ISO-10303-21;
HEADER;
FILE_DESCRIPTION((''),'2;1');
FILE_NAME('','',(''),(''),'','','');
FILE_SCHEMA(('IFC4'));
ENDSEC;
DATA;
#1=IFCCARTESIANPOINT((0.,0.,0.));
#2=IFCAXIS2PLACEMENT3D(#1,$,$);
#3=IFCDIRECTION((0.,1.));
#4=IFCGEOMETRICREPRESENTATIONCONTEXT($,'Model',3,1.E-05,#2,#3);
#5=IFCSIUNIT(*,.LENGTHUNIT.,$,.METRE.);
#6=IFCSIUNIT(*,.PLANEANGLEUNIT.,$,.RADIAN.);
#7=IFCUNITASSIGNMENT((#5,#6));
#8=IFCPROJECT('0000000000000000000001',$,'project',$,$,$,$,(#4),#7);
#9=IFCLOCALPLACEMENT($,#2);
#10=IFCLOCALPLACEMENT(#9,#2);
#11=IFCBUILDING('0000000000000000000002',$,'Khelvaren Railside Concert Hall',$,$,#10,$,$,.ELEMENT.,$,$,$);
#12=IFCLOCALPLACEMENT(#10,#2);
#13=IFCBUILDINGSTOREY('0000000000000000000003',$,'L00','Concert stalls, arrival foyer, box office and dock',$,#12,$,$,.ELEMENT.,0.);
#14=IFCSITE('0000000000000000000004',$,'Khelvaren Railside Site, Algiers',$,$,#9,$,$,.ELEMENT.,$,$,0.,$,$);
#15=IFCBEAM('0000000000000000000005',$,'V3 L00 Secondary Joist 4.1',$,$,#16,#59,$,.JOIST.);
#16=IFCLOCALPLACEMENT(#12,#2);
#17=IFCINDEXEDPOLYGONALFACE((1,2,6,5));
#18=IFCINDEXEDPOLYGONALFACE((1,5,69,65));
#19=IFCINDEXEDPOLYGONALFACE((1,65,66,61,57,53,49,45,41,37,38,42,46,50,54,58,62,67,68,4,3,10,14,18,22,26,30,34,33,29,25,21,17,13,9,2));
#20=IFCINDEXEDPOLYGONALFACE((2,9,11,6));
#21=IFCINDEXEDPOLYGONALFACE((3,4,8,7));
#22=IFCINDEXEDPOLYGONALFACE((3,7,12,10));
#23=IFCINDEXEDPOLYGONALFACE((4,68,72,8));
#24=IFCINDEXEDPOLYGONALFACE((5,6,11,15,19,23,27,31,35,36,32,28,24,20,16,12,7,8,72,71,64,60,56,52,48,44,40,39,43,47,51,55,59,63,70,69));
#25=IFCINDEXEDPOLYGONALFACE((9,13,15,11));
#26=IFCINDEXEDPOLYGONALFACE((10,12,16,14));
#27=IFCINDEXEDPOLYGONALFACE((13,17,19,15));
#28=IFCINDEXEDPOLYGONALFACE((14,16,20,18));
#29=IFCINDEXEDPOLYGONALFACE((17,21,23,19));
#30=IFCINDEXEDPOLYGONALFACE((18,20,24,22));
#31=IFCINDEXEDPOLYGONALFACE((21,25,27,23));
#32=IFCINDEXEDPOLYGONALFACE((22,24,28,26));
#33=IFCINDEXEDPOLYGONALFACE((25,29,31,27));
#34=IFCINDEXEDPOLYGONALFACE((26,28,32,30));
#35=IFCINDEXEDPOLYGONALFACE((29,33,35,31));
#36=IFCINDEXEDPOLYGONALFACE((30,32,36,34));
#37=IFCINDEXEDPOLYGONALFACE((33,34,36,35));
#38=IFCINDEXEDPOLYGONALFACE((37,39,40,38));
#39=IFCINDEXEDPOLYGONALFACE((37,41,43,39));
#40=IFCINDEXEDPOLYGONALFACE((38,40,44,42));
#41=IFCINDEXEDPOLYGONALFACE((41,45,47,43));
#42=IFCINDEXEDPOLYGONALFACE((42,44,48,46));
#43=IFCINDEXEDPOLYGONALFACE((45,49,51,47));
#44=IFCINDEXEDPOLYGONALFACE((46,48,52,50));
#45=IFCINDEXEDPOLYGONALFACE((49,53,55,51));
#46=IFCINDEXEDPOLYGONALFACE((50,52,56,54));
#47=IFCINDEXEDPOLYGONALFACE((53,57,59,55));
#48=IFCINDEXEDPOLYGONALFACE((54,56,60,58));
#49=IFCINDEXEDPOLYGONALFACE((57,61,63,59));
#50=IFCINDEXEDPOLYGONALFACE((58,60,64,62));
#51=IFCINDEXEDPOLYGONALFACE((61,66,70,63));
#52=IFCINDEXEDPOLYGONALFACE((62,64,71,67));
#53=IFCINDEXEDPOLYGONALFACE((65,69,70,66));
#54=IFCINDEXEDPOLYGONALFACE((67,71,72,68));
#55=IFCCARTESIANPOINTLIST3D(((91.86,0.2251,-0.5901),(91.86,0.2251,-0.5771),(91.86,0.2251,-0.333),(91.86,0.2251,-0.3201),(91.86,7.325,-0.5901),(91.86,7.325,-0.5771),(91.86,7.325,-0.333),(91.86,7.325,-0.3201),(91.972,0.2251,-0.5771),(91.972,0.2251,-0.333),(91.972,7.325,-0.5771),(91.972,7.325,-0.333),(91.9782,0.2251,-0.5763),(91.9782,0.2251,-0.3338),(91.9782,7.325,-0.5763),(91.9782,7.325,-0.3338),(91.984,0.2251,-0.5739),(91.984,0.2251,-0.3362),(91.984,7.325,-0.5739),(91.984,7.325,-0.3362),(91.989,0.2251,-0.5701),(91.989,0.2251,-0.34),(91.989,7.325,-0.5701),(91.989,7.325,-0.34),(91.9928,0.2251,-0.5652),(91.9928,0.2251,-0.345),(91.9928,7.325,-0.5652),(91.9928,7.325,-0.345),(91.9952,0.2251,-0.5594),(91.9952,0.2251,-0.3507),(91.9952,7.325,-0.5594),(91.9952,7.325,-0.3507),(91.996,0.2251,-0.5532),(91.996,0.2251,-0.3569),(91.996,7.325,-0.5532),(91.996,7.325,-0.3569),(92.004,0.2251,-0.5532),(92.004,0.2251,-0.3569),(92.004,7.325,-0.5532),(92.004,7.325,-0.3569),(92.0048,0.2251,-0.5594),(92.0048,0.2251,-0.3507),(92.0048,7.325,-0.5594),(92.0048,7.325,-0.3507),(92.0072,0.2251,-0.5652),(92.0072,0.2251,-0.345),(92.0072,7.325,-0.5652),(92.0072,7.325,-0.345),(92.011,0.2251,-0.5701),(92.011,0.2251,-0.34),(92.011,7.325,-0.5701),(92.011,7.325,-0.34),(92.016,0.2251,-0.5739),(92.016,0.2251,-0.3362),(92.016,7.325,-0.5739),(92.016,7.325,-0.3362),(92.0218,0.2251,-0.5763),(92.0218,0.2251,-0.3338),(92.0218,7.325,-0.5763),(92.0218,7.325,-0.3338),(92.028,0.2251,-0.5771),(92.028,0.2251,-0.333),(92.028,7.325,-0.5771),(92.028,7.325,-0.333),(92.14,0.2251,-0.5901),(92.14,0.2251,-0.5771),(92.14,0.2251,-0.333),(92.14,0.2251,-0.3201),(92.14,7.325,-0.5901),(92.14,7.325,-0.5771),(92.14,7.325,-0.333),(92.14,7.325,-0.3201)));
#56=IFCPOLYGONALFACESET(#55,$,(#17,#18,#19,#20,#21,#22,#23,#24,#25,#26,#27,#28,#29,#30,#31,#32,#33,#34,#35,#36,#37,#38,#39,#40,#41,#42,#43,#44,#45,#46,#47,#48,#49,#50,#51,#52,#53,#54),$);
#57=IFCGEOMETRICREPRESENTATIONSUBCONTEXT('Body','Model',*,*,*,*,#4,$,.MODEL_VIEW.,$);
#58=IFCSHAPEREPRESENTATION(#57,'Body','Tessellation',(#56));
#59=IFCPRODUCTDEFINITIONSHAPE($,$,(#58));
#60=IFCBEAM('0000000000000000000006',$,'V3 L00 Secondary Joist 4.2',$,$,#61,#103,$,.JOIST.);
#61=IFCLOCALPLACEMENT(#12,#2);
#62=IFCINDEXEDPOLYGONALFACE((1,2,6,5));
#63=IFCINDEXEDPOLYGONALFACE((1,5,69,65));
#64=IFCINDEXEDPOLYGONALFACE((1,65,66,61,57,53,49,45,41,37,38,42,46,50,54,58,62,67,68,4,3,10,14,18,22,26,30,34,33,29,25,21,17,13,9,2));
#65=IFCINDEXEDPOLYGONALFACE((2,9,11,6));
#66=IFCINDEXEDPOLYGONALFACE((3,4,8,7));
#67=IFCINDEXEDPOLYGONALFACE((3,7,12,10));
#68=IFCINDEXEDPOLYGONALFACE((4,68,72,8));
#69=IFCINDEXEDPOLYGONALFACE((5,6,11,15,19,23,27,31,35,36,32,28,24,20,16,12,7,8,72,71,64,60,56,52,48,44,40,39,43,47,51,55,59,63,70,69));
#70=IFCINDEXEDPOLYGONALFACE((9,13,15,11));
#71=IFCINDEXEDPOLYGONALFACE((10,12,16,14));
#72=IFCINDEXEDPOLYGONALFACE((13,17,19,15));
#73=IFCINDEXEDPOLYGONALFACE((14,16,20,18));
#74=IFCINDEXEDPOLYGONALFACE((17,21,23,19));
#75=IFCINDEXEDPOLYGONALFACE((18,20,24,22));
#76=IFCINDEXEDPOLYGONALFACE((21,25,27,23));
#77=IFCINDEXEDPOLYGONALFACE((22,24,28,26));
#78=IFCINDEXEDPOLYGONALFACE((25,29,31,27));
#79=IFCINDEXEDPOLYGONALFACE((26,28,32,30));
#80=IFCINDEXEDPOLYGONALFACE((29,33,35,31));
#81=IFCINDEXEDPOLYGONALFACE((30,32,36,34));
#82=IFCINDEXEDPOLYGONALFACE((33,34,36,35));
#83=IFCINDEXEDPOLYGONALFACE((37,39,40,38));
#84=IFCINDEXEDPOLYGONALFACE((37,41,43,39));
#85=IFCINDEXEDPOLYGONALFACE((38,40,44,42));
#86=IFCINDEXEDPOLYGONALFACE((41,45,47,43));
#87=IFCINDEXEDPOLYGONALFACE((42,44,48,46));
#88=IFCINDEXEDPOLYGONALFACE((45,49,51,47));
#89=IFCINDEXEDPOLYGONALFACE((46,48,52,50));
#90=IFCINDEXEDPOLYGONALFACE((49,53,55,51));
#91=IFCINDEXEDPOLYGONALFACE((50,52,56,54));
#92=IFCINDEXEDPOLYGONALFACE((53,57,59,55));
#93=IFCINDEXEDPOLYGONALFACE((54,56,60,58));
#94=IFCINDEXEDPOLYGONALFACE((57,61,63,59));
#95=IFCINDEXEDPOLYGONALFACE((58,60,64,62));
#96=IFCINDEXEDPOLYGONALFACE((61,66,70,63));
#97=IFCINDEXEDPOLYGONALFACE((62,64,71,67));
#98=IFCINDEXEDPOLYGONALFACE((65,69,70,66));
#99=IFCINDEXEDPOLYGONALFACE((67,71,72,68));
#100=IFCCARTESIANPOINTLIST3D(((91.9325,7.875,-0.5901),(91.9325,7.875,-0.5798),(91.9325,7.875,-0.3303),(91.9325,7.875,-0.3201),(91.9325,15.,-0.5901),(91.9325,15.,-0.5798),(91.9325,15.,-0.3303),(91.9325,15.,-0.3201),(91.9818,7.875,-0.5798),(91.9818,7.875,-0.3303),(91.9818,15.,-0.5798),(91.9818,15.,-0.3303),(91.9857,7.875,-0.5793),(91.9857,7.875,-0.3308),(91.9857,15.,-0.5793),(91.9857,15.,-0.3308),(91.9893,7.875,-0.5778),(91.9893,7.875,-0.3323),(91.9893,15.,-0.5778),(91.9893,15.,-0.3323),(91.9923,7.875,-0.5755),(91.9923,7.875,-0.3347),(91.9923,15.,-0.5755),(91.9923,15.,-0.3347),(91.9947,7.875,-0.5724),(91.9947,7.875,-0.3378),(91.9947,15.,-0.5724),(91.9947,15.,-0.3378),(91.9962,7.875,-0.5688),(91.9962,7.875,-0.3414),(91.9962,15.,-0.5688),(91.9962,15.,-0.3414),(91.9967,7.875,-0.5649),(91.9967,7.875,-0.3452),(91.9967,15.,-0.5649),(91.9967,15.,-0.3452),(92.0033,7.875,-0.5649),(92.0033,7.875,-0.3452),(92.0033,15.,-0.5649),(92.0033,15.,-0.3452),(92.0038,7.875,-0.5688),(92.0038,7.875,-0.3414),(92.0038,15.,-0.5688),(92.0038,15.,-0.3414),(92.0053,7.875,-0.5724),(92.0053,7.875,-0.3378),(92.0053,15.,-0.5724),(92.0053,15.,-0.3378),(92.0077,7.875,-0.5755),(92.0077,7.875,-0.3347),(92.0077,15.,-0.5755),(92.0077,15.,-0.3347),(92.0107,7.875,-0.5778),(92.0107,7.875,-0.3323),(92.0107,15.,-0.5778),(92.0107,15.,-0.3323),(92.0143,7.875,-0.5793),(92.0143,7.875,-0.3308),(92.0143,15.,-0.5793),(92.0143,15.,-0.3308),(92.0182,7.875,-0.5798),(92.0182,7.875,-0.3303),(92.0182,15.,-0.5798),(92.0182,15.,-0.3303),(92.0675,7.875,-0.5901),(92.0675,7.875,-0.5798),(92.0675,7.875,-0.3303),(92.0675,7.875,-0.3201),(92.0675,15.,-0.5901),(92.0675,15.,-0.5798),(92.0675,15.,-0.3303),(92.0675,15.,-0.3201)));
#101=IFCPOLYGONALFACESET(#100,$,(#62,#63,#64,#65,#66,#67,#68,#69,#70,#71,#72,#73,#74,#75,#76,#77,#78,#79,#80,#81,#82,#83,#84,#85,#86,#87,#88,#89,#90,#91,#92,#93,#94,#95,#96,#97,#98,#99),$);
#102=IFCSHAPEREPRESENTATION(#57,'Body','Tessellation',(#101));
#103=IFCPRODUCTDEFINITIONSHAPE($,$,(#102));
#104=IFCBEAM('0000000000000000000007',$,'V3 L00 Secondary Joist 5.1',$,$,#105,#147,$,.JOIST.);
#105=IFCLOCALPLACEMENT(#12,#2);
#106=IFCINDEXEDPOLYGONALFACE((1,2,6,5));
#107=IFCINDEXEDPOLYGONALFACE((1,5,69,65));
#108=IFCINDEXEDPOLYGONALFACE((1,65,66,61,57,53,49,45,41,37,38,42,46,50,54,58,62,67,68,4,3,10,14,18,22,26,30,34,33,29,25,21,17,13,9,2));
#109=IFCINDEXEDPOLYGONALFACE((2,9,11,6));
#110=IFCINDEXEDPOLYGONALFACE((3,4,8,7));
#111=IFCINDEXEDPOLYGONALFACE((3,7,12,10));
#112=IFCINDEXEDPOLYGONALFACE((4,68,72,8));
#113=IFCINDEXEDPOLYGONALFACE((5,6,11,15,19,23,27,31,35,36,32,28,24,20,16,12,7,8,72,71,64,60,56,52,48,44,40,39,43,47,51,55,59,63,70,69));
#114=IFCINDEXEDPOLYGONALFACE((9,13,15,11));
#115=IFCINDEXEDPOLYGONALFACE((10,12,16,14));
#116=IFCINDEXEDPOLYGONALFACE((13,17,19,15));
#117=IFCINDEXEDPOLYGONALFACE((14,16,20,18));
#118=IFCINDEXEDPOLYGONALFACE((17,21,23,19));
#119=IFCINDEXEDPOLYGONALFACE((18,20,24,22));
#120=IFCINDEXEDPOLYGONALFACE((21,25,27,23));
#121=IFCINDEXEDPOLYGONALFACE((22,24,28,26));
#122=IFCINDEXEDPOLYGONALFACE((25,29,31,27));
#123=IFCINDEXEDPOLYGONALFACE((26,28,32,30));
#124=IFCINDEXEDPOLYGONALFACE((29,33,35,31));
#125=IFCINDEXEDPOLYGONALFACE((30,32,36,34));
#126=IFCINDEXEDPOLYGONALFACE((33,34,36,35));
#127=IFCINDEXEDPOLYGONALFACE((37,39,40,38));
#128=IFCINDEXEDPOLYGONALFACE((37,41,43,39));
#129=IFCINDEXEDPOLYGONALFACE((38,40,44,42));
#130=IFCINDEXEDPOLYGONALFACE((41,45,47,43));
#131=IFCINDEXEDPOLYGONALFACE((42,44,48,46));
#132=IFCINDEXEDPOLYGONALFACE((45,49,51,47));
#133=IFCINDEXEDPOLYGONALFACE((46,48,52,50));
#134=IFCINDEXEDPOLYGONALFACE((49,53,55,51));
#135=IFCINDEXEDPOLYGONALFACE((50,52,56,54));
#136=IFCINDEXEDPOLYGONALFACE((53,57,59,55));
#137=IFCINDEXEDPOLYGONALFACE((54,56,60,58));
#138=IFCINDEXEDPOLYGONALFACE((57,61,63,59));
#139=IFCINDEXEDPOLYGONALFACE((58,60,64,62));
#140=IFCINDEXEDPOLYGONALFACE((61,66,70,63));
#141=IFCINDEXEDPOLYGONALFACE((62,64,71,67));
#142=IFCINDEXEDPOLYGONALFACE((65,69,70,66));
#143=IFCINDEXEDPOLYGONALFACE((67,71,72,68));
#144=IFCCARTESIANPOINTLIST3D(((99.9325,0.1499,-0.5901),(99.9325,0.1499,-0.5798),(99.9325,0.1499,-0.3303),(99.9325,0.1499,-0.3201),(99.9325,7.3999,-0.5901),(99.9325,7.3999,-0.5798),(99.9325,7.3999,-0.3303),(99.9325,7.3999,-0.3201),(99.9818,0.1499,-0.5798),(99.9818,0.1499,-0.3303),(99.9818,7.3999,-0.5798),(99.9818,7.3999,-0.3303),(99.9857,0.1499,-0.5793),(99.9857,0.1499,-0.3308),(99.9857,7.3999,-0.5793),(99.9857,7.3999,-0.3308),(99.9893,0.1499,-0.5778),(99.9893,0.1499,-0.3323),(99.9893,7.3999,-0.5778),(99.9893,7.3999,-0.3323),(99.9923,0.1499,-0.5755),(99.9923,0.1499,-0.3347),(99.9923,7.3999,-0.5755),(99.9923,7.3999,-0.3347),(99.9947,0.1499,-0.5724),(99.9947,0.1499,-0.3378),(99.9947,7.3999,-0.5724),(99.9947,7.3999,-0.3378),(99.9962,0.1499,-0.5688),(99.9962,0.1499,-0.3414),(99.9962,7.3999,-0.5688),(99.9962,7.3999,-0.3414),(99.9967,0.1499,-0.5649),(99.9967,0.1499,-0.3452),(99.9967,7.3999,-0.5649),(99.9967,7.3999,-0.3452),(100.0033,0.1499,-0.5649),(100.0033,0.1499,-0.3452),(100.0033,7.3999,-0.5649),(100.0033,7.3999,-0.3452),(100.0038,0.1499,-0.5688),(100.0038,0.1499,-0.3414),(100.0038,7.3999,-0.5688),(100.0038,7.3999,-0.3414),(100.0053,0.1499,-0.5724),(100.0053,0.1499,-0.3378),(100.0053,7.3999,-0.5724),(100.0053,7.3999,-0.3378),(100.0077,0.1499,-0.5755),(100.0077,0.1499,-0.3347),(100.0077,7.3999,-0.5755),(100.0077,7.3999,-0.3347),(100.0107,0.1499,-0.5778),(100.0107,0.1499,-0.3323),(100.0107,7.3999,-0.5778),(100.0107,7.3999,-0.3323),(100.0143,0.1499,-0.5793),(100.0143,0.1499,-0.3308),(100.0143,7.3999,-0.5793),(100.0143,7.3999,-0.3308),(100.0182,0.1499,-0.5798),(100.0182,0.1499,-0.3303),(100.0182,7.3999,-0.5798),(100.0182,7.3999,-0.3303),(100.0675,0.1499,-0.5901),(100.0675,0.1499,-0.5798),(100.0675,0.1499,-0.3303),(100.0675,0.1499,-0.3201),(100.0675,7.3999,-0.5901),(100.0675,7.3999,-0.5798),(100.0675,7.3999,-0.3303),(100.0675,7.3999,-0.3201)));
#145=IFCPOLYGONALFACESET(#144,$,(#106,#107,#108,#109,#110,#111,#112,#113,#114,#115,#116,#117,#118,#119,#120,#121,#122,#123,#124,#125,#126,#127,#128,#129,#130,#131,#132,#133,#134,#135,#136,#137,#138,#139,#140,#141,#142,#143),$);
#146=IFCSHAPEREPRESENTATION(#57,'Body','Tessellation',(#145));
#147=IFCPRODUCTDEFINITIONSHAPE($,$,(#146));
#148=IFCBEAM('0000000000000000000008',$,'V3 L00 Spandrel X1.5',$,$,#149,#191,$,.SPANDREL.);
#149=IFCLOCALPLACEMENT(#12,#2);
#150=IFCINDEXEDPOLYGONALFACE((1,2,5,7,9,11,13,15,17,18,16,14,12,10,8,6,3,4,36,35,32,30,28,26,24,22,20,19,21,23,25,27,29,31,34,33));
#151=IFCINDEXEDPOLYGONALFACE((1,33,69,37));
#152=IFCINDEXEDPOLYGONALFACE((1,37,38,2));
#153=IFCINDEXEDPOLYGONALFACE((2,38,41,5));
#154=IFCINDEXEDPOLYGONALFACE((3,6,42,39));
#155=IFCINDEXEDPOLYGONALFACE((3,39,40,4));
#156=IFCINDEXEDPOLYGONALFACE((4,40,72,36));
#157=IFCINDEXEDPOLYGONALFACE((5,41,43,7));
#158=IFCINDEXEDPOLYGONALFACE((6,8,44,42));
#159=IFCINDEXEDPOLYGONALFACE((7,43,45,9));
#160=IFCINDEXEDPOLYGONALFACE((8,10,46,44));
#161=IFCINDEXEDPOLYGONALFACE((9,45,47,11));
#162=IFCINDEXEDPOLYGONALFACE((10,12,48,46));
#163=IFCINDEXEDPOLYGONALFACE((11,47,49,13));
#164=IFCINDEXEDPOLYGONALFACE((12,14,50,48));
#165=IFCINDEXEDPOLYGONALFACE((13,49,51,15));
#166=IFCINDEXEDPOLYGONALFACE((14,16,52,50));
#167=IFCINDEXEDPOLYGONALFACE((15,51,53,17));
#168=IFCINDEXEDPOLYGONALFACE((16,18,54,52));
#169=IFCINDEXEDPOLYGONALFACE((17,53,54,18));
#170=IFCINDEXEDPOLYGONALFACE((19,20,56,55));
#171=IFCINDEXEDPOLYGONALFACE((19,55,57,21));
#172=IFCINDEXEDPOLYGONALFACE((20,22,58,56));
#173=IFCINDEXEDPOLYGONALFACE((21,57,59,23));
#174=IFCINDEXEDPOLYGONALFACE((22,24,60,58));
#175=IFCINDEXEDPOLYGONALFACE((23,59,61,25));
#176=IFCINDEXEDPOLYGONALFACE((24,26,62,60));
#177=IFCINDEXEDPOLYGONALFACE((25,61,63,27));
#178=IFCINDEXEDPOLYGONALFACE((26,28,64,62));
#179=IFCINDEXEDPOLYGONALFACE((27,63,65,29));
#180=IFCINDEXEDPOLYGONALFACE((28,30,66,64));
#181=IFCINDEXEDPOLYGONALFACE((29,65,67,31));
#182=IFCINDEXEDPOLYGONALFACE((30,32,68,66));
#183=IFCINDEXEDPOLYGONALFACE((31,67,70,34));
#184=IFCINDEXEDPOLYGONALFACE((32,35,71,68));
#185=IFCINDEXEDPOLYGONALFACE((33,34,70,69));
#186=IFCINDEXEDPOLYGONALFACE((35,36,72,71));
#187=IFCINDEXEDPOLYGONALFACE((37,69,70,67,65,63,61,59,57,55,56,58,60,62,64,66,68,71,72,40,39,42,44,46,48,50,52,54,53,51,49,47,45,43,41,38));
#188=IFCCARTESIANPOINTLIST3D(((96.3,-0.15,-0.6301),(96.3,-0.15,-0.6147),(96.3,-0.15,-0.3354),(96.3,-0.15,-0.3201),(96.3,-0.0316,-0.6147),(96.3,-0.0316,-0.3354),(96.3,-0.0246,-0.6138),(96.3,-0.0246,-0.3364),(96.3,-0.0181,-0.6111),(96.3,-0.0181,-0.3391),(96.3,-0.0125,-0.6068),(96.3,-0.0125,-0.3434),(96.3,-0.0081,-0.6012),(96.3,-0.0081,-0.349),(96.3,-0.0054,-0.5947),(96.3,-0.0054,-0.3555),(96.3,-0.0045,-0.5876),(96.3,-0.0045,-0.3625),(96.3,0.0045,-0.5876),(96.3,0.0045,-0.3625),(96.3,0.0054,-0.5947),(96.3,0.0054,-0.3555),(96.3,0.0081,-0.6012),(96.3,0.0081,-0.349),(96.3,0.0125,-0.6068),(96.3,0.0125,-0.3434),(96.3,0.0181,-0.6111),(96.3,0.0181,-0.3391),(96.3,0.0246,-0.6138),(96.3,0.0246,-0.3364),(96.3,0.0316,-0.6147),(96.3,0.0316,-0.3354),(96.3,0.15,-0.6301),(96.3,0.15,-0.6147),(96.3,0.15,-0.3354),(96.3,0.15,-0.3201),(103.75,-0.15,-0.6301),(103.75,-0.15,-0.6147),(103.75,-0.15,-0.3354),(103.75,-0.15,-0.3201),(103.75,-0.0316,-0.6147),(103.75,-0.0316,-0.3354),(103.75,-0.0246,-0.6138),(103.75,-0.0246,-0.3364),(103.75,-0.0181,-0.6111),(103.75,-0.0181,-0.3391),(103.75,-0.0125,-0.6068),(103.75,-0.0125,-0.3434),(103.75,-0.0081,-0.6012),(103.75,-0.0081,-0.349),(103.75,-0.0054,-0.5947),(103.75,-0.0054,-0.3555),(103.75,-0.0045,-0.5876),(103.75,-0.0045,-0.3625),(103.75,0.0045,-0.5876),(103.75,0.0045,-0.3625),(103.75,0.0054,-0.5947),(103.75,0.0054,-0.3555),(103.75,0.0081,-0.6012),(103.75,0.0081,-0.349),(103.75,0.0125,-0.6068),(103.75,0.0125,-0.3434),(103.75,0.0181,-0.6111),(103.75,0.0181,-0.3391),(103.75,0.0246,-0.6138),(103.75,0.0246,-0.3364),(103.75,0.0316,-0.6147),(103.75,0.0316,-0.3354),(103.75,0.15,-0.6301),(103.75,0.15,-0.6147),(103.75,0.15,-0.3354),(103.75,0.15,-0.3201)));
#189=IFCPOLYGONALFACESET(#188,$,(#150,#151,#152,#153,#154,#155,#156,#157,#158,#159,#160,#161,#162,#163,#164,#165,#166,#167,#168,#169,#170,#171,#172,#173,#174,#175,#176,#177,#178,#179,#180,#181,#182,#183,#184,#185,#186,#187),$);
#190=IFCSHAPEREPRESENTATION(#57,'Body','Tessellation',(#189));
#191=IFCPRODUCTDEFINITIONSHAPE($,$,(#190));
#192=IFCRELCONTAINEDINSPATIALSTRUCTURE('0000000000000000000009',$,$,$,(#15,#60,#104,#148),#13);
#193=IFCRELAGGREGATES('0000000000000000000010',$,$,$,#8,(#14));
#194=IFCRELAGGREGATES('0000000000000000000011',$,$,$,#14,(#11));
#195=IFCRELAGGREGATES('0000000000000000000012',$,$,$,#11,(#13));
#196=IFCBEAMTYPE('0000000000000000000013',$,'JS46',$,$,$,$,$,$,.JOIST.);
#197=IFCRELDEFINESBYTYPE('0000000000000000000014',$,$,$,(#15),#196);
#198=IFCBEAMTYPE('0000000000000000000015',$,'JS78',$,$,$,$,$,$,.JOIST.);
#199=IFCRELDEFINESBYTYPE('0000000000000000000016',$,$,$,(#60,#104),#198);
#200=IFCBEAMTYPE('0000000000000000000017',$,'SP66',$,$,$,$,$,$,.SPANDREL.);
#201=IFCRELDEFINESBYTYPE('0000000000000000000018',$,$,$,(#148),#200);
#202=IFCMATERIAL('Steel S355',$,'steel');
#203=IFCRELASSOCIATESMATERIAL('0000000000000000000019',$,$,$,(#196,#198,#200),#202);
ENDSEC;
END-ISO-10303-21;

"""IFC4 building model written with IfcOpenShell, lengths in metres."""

from ifc_helpers import new_model, si_unit, direction, frame, origin, origin_2d, place, context, subcontext, project, spatial, i_section, extrude, material, material_profile, profile_set, type_object, element, save


model = new_model("IFC4")

# Units and contexts
model_context = context("Model", 3, precision=1e-05, world=origin(), true_north=direction((0.0, 1.0)))
body_context = subcontext(model_context, "Body", "Model", "MODEL_VIEW")
ifc_project = project(units=[si_unit("LENGTHUNIT", "METRE"), si_unit("PLANEANGLEUNIT", "RADIAN")], contexts=[model_context])

# Site, building, storey
site_placement = place(None, origin())
site = spatial("IfcSite", under=ifc_project, at=site_placement, Name="Khelvaren Railside Site, Algiers", CompositionType="ELEMENT", RefElevation=0.0)
building_placement = place(site_placement, origin())
building = spatial("IfcBuilding", under=site, at=building_placement, Name="Khelvaren Railside Concert Hall", CompositionType="ELEMENT")
storey_placement = place(building_placement, origin())
storey = spatial("IfcBuildingStorey", under=building, at=storey_placement, Name="L00", Description="Concert stalls, arrival foyer, box office and dock", CompositionType="ELEMENT", Elevation=0.0)

# Shared definitions
ifc_material_1 = material(Name="Steel S355", Category="steel")

# Beams
ifc_material_profile_1 = material_profile(ifc_material_1, i_section(OverallWidth=0.28, OverallDepth=0.27, WebThickness=0.0081, FlangeThickness=0.0129, FilletRadius=0.0239, at=origin_2d()), Name="HEA 280")
ifc_profile_set_1 = profile_set([ifc_material_profile_1], Name="Steel S355")
beam_type_1 = type_object("IfcBeamType", Name="JS46", PredefinedType="JOIST", material=ifc_profile_set_1)
beam_1_placement = place(storey_placement, frame((92.0, 0.2251, -0.4551), z_axis=(0.0, 1.0, 0.0), x_axis=(-1.0, 0.0, 0.0)))
element("IfcBeam", 1, at=beam_1_placement, inside=storey, type_object=beam_type_1, Name="V3 L00 Secondary Joist 4.1", PredefinedType="JOIST", context=body_context, shape_type="SweptSolid", body=[
    extrude(i_section(OverallWidth=0.28, OverallDepth=0.27, WebThickness=0.0081, FlangeThickness=0.0129, FilletRadius=0.0239, at=origin_2d()), origin(), (0.0, 0.0, 1.0), 7.0999),
])
ifc_material_profile_2 = material_profile(ifc_material_1, i_section(OverallWidth=0.135, OverallDepth=0.27, WebThickness=0.0066, FlangeThickness=0.0103, FilletRadius=0.0149, at=origin_2d()), Name="IPE 270")
ifc_profile_set_2 = profile_set([ifc_material_profile_2], Name="Steel S355")
beam_type_2 = type_object("IfcBeamType", Name="JS78", PredefinedType="JOIST", material=ifc_profile_set_2)
beam_2_placement = place(storey_placement, frame((92.0, 7.875, -0.4551), z_axis=(0.0, 1.0, 0.0), x_axis=(-1.0, 0.0, 0.0)))
element("IfcBeam", 2, at=beam_2_placement, inside=storey, type_object=beam_type_2, Name="V3 L00 Secondary Joist 4.2", PredefinedType="JOIST", context=body_context, shape_type="SweptSolid", body=[
    extrude(i_section(OverallWidth=0.135, OverallDepth=0.27, WebThickness=0.0066, FlangeThickness=0.0103, FilletRadius=0.0149, at=origin_2d()), origin(), (0.0, 0.0, 1.0), 7.125),
])
beam_3_placement = place(storey_placement, frame((100.0, 0.1499, -0.4551), z_axis=(0.0, 1.0, 0.0), x_axis=(-1.0, 0.0, 0.0)))
element("IfcBeam", 3, at=beam_3_placement, inside=storey, type_object=beam_type_2, Name="V3 L00 Secondary Joist 5.1", PredefinedType="JOIST", context=body_context, shape_type="SweptSolid", body=[
    extrude(i_section(OverallWidth=0.135, OverallDepth=0.27, WebThickness=0.0066, FlangeThickness=0.0103, FilletRadius=0.0149, at=origin_2d()), origin(), (0.0, 0.0, 1.0), 7.25),
])
ifc_material_profile_3 = material_profile(ifc_material_1, i_section(OverallWidth=0.3, OverallDepth=0.3101, WebThickness=0.009, FlangeThickness=0.0154, FilletRadius=0.0271, at=origin_2d()), Name="HEA 320")
ifc_profile_set_3 = profile_set([ifc_material_profile_3], Name="Steel S355")
beam_type_3 = type_object("IfcBeamType", Name="SP66", PredefinedType="SPANDREL", material=ifc_profile_set_3)
beam_4_placement = place(storey_placement, frame((96.3, 0.0, -0.4751), z_axis=(1.0, 0.0, 0.0), x_axis=(0.0, 1.0, 0.0)))
element("IfcBeam", 4, at=beam_4_placement, inside=storey, type_object=beam_type_3, Name="V3 L00 Spandrel X1.5", PredefinedType="SPANDREL", context=body_context, shape_type="SweptSolid", body=[
    extrude(i_section(OverallWidth=0.3, OverallDepth=0.3101, WebThickness=0.009, FlangeThickness=0.0154, FilletRadius=0.0271, at=origin_2d()), origin(), (0.0, 0.0, 1.0), 7.45),
])

save(model, "model.ifc")
